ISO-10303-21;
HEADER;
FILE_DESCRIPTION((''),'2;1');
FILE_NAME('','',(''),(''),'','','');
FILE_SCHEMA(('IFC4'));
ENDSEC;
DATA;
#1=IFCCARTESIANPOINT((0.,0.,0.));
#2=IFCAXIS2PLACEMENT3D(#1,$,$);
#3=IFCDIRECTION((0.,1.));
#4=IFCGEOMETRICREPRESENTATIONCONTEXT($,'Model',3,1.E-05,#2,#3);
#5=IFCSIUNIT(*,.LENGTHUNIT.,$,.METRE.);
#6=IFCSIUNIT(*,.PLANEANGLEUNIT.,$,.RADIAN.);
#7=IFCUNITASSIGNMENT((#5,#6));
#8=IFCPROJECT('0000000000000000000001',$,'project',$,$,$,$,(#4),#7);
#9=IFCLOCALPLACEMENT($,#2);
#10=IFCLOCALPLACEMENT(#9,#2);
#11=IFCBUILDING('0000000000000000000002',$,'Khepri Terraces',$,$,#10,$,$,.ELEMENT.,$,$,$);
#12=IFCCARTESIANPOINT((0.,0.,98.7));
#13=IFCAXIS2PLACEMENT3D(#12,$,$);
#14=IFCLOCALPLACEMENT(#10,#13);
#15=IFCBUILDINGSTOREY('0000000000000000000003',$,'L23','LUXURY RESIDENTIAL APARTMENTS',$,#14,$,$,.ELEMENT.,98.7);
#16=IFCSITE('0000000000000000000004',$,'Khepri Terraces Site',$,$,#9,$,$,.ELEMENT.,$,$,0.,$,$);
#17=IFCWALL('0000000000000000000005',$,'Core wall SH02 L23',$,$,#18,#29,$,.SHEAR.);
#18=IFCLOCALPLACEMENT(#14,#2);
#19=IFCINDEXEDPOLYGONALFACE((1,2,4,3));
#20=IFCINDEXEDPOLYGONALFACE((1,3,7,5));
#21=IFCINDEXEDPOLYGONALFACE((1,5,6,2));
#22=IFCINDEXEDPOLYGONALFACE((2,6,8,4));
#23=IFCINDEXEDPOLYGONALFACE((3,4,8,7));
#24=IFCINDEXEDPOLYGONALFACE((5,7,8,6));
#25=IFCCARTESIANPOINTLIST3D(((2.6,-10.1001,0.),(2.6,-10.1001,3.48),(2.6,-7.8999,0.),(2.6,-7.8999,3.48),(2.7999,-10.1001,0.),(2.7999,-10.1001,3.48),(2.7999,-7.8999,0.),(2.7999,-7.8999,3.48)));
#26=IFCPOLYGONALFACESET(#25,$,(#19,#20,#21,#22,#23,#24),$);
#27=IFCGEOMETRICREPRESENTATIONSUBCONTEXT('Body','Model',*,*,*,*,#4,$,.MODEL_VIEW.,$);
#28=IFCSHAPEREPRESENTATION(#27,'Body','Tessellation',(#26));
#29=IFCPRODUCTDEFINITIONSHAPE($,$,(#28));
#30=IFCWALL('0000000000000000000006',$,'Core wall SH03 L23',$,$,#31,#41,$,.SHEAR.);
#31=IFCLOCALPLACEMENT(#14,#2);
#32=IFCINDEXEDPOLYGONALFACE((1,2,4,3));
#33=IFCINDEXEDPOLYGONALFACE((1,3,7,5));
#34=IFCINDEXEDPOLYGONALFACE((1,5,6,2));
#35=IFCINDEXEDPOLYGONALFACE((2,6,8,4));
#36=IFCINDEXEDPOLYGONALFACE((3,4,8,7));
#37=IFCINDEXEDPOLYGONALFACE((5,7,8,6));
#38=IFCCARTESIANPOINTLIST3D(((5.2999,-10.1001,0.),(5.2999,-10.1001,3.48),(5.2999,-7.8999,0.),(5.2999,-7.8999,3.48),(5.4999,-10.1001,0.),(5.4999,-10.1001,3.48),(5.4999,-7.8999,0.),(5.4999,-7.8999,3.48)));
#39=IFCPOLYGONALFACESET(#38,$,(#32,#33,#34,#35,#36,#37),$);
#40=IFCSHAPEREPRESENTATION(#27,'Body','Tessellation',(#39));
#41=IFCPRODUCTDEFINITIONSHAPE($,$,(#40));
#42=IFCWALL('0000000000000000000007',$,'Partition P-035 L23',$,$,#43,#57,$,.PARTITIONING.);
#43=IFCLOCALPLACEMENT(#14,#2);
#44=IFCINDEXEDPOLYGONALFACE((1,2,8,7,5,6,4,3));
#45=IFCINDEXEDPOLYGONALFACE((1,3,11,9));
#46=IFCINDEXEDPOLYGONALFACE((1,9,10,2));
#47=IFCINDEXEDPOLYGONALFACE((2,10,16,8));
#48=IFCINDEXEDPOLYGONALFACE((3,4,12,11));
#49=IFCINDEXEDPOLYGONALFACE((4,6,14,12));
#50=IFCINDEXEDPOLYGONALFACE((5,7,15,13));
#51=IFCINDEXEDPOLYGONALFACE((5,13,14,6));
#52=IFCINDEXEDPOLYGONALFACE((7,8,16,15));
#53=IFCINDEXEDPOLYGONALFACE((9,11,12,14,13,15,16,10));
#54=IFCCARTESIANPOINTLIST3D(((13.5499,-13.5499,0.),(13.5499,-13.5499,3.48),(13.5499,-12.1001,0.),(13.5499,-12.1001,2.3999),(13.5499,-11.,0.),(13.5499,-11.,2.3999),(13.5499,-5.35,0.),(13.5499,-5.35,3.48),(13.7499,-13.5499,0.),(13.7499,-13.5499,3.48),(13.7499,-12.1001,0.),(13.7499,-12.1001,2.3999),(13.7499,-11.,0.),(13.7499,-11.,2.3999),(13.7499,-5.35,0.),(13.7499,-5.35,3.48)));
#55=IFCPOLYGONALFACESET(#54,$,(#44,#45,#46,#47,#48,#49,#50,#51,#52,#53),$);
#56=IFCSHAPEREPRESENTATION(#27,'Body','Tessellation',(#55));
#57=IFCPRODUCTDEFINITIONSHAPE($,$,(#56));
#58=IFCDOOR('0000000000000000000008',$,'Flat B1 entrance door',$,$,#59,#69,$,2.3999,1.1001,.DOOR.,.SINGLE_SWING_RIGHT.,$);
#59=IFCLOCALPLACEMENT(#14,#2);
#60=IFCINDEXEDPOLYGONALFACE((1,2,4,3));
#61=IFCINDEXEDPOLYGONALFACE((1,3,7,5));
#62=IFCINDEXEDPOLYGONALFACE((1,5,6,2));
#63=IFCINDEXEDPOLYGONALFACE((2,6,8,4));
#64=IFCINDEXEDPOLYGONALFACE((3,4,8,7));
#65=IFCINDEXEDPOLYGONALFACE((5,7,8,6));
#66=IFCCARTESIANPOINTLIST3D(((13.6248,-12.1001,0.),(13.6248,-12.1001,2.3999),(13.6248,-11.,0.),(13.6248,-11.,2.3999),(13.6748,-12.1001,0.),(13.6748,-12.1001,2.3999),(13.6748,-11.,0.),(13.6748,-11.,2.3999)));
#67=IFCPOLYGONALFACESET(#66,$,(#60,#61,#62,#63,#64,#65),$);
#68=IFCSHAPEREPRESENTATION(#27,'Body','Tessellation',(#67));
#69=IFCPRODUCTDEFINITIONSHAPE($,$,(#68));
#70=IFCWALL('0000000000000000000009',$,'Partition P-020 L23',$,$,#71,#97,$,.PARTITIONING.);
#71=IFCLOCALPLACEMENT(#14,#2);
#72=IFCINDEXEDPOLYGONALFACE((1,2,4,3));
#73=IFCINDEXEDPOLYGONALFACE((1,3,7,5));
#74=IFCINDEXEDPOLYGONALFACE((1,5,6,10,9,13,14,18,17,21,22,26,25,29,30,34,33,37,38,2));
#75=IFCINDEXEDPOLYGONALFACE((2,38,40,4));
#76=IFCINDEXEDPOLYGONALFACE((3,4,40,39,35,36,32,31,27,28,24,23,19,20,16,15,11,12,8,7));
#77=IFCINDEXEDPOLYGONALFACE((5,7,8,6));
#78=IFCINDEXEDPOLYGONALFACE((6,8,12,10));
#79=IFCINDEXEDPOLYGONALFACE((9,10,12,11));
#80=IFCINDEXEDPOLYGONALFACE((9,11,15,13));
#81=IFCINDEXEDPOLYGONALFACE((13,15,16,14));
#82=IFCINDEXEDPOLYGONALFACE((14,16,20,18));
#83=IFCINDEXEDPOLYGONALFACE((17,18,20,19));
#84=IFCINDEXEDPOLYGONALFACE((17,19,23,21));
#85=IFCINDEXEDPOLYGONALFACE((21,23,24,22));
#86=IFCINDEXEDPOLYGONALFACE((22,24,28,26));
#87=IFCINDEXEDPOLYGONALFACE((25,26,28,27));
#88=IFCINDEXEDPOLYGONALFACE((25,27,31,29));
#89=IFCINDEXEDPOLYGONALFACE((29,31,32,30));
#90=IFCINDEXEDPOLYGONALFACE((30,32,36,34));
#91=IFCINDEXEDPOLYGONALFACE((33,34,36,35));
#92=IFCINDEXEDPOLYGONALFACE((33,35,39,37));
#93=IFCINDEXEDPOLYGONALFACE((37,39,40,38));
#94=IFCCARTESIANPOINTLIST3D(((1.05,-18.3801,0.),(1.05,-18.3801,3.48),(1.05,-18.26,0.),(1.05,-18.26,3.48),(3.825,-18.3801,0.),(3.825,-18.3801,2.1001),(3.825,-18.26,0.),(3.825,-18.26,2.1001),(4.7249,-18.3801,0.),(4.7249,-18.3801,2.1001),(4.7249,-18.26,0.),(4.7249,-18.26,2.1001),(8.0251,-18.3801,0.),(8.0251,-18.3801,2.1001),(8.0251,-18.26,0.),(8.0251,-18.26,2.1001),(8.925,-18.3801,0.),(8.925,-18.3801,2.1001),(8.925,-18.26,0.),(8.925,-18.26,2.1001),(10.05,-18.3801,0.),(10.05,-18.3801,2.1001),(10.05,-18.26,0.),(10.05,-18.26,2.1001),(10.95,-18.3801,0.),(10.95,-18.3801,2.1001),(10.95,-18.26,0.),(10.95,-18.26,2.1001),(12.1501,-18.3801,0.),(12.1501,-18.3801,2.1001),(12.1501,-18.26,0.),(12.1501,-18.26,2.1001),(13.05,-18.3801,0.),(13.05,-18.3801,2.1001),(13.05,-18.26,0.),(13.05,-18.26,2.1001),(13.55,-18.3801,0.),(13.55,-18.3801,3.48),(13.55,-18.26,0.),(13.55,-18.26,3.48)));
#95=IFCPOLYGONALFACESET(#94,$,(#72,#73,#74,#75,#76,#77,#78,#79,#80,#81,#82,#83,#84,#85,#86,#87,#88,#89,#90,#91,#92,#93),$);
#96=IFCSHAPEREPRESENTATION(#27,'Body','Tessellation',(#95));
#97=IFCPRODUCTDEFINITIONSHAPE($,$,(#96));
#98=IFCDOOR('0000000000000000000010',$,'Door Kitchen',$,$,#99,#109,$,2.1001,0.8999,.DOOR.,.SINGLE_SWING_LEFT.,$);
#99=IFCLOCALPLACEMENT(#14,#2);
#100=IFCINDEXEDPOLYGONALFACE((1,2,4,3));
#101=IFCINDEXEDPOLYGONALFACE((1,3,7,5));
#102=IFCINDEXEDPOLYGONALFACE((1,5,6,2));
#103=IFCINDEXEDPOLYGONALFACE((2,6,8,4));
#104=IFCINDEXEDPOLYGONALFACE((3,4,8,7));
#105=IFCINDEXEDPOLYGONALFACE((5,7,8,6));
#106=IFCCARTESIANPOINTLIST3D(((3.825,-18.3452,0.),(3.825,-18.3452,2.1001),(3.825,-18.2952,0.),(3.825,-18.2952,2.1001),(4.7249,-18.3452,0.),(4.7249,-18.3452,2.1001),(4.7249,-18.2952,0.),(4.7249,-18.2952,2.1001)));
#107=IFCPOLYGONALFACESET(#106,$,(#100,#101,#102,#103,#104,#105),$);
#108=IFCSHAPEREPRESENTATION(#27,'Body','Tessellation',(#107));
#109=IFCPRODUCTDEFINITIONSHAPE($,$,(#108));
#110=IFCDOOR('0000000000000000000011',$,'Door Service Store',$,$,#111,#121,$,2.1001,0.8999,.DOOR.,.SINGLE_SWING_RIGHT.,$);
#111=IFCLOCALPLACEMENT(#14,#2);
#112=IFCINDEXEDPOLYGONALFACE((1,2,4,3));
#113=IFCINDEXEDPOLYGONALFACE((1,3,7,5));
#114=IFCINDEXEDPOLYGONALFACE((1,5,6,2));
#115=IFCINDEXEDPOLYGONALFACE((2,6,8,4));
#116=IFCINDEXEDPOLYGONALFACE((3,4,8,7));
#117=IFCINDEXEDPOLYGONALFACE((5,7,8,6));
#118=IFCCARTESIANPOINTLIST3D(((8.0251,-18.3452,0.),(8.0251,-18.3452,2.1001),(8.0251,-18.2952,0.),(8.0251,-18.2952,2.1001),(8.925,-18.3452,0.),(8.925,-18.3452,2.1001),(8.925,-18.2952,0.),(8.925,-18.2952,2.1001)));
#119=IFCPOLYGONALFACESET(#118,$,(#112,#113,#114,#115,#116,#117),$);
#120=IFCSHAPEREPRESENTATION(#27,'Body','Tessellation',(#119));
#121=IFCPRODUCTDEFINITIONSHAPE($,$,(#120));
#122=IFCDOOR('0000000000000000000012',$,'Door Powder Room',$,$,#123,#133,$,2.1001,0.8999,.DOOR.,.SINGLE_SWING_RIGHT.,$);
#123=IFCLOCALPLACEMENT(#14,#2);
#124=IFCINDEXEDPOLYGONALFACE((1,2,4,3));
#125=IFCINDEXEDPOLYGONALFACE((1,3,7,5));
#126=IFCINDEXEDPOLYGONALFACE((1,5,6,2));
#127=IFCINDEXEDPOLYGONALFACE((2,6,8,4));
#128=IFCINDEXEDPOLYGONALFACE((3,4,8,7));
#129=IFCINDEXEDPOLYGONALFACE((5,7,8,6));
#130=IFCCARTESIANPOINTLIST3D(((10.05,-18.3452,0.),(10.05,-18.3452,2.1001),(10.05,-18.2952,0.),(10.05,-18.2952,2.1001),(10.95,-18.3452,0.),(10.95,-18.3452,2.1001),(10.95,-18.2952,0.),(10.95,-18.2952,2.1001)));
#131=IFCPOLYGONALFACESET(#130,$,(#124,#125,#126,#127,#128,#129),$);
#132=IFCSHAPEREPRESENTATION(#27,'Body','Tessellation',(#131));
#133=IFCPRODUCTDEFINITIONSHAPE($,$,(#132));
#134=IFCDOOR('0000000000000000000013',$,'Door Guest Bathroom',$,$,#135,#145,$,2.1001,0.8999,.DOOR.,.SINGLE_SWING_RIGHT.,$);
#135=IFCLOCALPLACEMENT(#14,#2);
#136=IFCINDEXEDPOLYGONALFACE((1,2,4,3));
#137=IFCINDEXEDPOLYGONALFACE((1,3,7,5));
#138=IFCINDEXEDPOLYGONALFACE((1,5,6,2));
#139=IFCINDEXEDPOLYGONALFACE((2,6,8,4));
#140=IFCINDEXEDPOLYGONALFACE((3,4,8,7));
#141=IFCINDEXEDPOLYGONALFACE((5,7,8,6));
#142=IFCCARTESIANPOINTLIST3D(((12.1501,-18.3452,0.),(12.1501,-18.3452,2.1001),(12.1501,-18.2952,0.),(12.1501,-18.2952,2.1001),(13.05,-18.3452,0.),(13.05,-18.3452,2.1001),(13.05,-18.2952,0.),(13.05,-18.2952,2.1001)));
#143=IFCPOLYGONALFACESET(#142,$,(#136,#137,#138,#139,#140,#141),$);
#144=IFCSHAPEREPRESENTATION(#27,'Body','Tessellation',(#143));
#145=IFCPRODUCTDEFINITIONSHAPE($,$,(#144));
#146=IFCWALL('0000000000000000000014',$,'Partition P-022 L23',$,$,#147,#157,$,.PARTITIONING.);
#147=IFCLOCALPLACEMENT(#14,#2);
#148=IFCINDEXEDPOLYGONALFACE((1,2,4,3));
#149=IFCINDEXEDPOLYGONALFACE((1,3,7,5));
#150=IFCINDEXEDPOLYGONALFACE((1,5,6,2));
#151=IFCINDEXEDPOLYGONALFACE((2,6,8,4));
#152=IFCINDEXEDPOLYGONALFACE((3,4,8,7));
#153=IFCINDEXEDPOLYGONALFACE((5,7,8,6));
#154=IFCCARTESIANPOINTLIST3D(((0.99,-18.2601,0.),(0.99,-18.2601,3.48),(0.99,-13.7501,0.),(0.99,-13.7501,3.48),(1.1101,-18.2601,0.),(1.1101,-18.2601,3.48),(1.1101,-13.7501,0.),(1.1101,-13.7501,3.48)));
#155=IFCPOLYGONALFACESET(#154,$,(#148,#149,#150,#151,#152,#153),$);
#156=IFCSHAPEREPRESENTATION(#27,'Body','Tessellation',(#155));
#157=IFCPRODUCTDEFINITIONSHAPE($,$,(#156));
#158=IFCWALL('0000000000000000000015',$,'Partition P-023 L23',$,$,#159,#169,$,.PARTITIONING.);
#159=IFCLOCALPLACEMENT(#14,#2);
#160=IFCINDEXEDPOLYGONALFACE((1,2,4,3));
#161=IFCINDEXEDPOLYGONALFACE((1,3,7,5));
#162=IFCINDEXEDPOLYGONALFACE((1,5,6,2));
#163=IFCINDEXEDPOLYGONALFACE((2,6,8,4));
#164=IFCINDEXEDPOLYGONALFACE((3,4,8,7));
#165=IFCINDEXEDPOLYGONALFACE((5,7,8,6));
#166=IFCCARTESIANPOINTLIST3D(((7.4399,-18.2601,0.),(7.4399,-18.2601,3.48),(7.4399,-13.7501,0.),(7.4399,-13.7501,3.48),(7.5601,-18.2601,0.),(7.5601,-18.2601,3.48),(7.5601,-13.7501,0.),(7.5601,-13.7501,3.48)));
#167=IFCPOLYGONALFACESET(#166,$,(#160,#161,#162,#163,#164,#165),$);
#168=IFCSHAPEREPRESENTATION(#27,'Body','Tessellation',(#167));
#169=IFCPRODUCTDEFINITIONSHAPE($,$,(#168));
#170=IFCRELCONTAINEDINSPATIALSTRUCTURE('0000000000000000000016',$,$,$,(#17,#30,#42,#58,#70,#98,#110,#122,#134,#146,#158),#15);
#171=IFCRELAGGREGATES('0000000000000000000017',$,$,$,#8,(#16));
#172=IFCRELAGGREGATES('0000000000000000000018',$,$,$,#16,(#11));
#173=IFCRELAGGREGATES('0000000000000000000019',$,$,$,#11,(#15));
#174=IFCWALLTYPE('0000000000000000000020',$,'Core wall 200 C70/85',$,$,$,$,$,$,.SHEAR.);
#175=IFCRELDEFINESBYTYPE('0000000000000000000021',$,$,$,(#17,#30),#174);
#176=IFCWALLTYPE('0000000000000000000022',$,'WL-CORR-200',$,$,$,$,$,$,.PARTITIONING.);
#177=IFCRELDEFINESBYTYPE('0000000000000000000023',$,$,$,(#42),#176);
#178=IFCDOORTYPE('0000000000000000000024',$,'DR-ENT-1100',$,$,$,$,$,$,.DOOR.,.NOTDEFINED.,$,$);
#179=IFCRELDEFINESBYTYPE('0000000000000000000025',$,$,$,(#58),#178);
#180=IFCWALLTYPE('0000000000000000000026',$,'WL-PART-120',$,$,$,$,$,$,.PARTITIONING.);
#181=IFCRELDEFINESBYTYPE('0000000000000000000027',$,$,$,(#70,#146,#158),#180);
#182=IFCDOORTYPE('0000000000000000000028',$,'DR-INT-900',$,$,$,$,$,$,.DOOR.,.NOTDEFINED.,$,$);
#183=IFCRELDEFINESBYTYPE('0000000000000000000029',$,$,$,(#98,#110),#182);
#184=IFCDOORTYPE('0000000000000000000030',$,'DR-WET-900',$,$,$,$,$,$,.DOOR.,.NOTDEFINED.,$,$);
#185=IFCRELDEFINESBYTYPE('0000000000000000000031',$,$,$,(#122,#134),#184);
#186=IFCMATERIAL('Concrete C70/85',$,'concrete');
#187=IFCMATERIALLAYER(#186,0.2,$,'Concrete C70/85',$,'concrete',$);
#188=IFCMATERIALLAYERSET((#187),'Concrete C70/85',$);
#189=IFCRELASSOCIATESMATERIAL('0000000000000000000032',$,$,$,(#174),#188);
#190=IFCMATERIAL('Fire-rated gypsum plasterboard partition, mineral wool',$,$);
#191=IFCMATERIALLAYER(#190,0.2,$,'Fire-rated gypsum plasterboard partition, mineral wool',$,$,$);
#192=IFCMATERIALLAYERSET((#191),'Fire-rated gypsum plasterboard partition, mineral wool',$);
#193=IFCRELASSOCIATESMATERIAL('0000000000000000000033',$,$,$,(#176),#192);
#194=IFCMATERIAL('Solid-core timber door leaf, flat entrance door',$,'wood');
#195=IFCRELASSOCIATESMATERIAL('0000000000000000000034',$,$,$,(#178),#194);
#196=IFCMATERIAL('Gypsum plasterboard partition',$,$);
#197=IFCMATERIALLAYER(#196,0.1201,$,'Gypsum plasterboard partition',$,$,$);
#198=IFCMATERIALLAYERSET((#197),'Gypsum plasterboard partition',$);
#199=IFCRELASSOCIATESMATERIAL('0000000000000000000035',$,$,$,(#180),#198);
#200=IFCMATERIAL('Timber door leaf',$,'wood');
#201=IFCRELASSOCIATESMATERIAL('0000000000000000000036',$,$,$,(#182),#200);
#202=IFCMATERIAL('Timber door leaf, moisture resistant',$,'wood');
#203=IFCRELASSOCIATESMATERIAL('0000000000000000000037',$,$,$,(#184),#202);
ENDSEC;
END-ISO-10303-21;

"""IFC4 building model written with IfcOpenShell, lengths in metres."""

from ifc_helpers import new_model, si_unit, direction, frame, frame_2d, origin, place, context, subcontext, project, spatial, rectangle, extrude, material, layer, layer_set, type_object, element, fill, save


model = new_model("IFC4")

# Units and contexts
model_context = context("Model", 3, precision=1e-05, world=origin(), true_north=direction((0.0, 1.0)))
body_context = subcontext(model_context, "Body", "Model", "MODEL_VIEW")
ifc_project = project(units=[si_unit("LENGTHUNIT", "METRE"), si_unit("PLANEANGLEUNIT", "RADIAN")], contexts=[model_context])

# Site, building, storey
site_placement = place(None, origin())
site = spatial("IfcSite", under=ifc_project, at=site_placement, Name="Khepri Terraces Site", CompositionType="ELEMENT", RefElevation=0.0)
building_placement = place(site_placement, origin())
building = spatial("IfcBuilding", under=site, at=building_placement, Name="Khepri Terraces", CompositionType="ELEMENT")
storey_placement = place(building_placement, frame((0.0, 0.0, 98.7)))
storey = spatial("IfcBuildingStorey", under=building, at=storey_placement, Name="L23", Description="LUXURY RESIDENTIAL APARTMENTS", CompositionType="ELEMENT", Elevation=98.7)

# Walls
ifc_material_1 = material(Name="Concrete C70/85", Category="concrete")
ifc_layer_1 = layer(ifc_material_1, 0.2, Name="Concrete C70/85", Category="concrete")
ifc_layer_set_1 = layer_set([ifc_layer_1], Name="Concrete C70/85")
wall_type_1 = type_object("IfcWallType", Name="Core wall 200 C70/85", PredefinedType="SHEAR", material=ifc_layer_set_1)
for number, where, z_axis, x_axis, name in (
    (1, (2.7, -10.1001, 0.0), (0.0, 0.0, 1.0), (0.0, 1.0, 0.0), "Core wall SH02 L23"),
    (2, (5.3999, -10.1001, 0.0), (0.0, 0.0, 1.0), (0.0, 1.0, 0.0), "Core wall SH03 L23"),
):
    element("IfcWall", number, at=place(storey_placement, frame(where, z_axis=z_axis, x_axis=x_axis)), inside=storey, type_object=wall_type_1, Name=name, PredefinedType="SHEAR", context=body_context, shape_type="SweptSolid", body=[
        extrude(rectangle(XDim=2.2002, YDim=0.2, at=frame_2d((1.1001, 0.0))), origin(), (0.0, 0.0, 1.0), 3.48),
    ])

# Wall, opening, door
ifc_material_2 = material(Name="Fire-rated gypsum plasterboard partition, mineral wool")
ifc_layer_2 = layer(ifc_material_2, 0.2, Name="Fire-rated gypsum plasterboard partition, mineral wool")
ifc_layer_set_2 = layer_set([ifc_layer_2], Name="Fire-rated gypsum plasterboard partition, mineral wool")
wall_type_2 = type_object("IfcWallType", Name="WL-CORR-200", PredefinedType="PARTITIONING", material=ifc_layer_set_2)
wall_1_placement = place(storey_placement, frame((13.6499, -13.55, 0.0), z_axis=(0.0, 0.0, 1.0), x_axis=(0.0, 1.0, 0.0)))
wall_1 = element("IfcWall", 3, at=wall_1_placement, inside=storey, type_object=wall_type_2, Name="Partition P-035 L23", PredefinedType="PARTITIONING", context=body_context, shape_type="SweptSolid", body=[
    extrude(rectangle(XDim=8.2, YDim=0.2, at=frame_2d((4.1001, 0.0))), origin(), (0.0, 0.0, 1.0), 3.48),
])
opening_1_placement = place(wall_1_placement, frame((1.45, 0.0, 0.0)))
opening_1 = element("IfcOpeningElement", 4, at=opening_1_placement, cuts=wall_1, PredefinedType="OPENING", context=body_context, shape_type="SweptSolid", body=[
    extrude(rectangle(XDim=1.1001, YDim=2.3999, at=frame_2d((0.55, 1.2))), frame((0.0, 0.1099, 0.0), z_axis=(0.0, -1.0, 0.0), x_axis=(1.0, 0.0, 0.0)), (0.0, 0.0, 1.0), 0.22),
])
ifc_material_3 = material(Name="Solid-core timber door leaf, flat entrance door", Category="wood")
door_type_1 = type_object("IfcDoorType", Name="DR-ENT-1100", OperationType="NOTDEFINED", PredefinedType="DOOR", material=ifc_material_3)
door_1_placement = place(opening_1_placement, frame((1.1001, 0.0, 0.0), z_axis=(0.0, 0.0, 1.0), x_axis=(-1.0, 0.0, 0.0)))
door_1 = element("IfcDoor", 5, at=door_1_placement, inside=storey, type_object=door_type_1, Name="Flat B1 entrance door", OperationType="SINGLE_SWING_RIGHT", OverallHeight=2.3999, OverallWidth=1.1001, PredefinedType="DOOR", context=body_context, shape_type="SweptSolid", body=[
    extrude(rectangle(XDim=1.1001, YDim=2.3999, at=frame_2d((0.55, 1.2))), frame((0.0, 0.0249, 0.0), z_axis=(0.0, -1.0, 0.0), x_axis=(1.0, 0.0, 0.0)), (0.0, 0.0, 1.0), 0.05),
])
fill(opening_1, door_1)

# Wall, openings, doors
ifc_material_4 = material(Name="Gypsum plasterboard partition")
ifc_layer_3 = layer(ifc_material_4, 0.1201, Name="Gypsum plasterboard partition")
ifc_layer_set_3 = layer_set([ifc_layer_3], Name="Gypsum plasterboard partition")
wall_type_3 = type_object("IfcWallType", Name="WL-PART-120", PredefinedType="PARTITIONING", material=ifc_layer_set_3)
wall_2_placement = place(storey_placement, frame((1.05, -18.3201, 0.0), z_axis=(0.0, 0.0, 1.0), x_axis=(1.0, 0.0, 0.0)))
wall_2 = element("IfcWall", 6, at=wall_2_placement, inside=storey, type_object=wall_type_3, Name="Partition P-020 L23", PredefinedType="PARTITIONING", context=body_context, shape_type="SweptSolid", body=[
    extrude(rectangle(XDim=12.5, YDim=0.1201, at=frame_2d((6.25, 0.0))), origin(), (0.0, 0.0, 1.0), 3.48),
])
opening_2_placement = place(wall_2_placement, frame((2.7749, 0.0, 0.0)))
opening_2 = element("IfcOpeningElement", 7, at=opening_2_placement, cuts=wall_2, PredefinedType="OPENING", context=body_context, shape_type="SweptSolid", body=[
    extrude(rectangle(XDim=0.8999, YDim=2.1001, at=frame_2d((0.45, 1.05))), frame((0.0, 0.0701, 0.0), z_axis=(0.0, -1.0, 0.0), x_axis=(1.0, 0.0, 0.0)), (0.0, 0.0, 1.0), 0.1401),
])
opening_3_placement = place(wall_2_placement, frame((6.9751, 0.0, 0.0)))
opening_3 = element("IfcOpeningElement", 8, at=opening_3_placement, cuts=wall_2, PredefinedType="OPENING", context=body_context, shape_type="SweptSolid", body=[
    extrude(rectangle(XDim=0.8999, YDim=2.1001, at=frame_2d((0.45, 1.05))), frame((0.0, 0.0701, 0.0), z_axis=(0.0, -1.0, 0.0), x_axis=(1.0, 0.0, 0.0)), (0.0, 0.0, 1.0), 0.1401),
])
opening_4_placement = place(wall_2_placement, frame((9.0, 0.0, 0.0)))
opening_4 = element("IfcOpeningElement", 9, at=opening_4_placement, cuts=wall_2, PredefinedType="OPENING", context=body_context, shape_type="SweptSolid", body=[
    extrude(rectangle(XDim=0.8999, YDim=2.1001, at=frame_2d((0.45, 1.05))), frame((0.0, 0.0701, 0.0), z_axis=(0.0, -1.0, 0.0), x_axis=(1.0, 0.0, 0.0)), (0.0, 0.0, 1.0), 0.1401),
])
opening_5_placement = place(wall_2_placement, frame((11.1001, 0.0, 0.0)))
opening_5 = element("IfcOpeningElement", 10, at=opening_5_placement, cuts=wall_2, PredefinedType="OPENING", context=body_context, shape_type="SweptSolid", body=[
    extrude(rectangle(XDim=0.8999, YDim=2.1001, at=frame_2d((0.45, 1.05))), frame((0.0, 0.0701, 0.0), z_axis=(0.0, -1.0, 0.0), x_axis=(1.0, 0.0, 0.0)), (0.0, 0.0, 1.0), 0.1401),
])
ifc_material_5 = material(Name="Timber door leaf", Category="wood")
door_type_2 = type_object("IfcDoorType", Name="DR-INT-900", OperationType="NOTDEFINED", PredefinedType="DOOR", material=ifc_material_5)
door_2_placement = place(opening_2_placement, origin())
door_2 = element("IfcDoor", 11, at=door_2_placement, inside=storey, type_object=door_type_2, Name="Door Kitchen", OperationType="SINGLE_SWING_LEFT", OverallHeight=2.1001, OverallWidth=0.8999, PredefinedType="DOOR", context=body_context, shape_type="SweptSolid", body=[
    extrude(rectangle(XDim=0.8999, YDim=2.1001, at=frame_2d((0.45, 1.05))), frame((0.0, 0.0249, 0.0), z_axis=(0.0, -1.0, 0.0), x_axis=(1.0, 0.0, 0.0)), (0.0, 0.0, 1.0), 0.05),
])
fill(opening_2, door_2)
door_3_placement = place(opening_3_placement, origin())
door_3 = element("IfcDoor", 12, at=door_3_placement, inside=storey, type_object=door_type_2, Name="Door Service Store", OperationType="SINGLE_SWING_RIGHT", OverallHeight=2.1001, OverallWidth=0.8999, PredefinedType="DOOR", context=body_context, shape_type="SweptSolid", body=[
    extrude(rectangle(XDim=0.8999, YDim=2.1001, at=frame_2d((0.45, 1.05))), frame((0.0, 0.0249, 0.0), z_axis=(0.0, -1.0, 0.0), x_axis=(1.0, 0.0, 0.0)), (0.0, 0.0, 1.0), 0.05),
])
fill(opening_3, door_3)
ifc_material_6 = material(Name="Timber door leaf, moisture resistant", Category="wood")
door_type_3 = type_object("IfcDoorType", Name="DR-WET-900", OperationType="NOTDEFINED", PredefinedType="DOOR", material=ifc_material_6)
door_4_placement = place(opening_4_placement, origin())
door_4 = element("IfcDoor", 13, at=door_4_placement, inside=storey, type_object=door_type_3, Name="Door Powder Room", OperationType="SINGLE_SWING_RIGHT", OverallHeight=2.1001, OverallWidth=0.8999, PredefinedType="DOOR", context=body_context, shape_type="SweptSolid", body=[
    extrude(rectangle(XDim=0.8999, YDim=2.1001, at=frame_2d((0.45, 1.05))), frame((0.0, 0.0249, 0.0), z_axis=(0.0, -1.0, 0.0), x_axis=(1.0, 0.0, 0.0)), (0.0, 0.0, 1.0), 0.05),
])
fill(opening_4, door_4)
door_5_placement = place(opening_5_placement, origin())
door_5 = element("IfcDoor", 14, at=door_5_placement, inside=storey, type_object=door_type_3, Name="Door Guest Bathroom", OperationType="SINGLE_SWING_RIGHT", OverallHeight=2.1001, OverallWidth=0.8999, PredefinedType="DOOR", context=body_context, shape_type="SweptSolid", body=[
    extrude(rectangle(XDim=0.8999, YDim=2.1001, at=frame_2d((0.45, 1.05))), frame((0.0, 0.0249, 0.0), z_axis=(0.0, -1.0, 0.0), x_axis=(1.0, 0.0, 0.0)), (0.0, 0.0, 1.0), 0.05),
])
fill(opening_5, door_5)

# Walls
for number, where, z_axis, x_axis, name in (
    (15, (1.05, -18.26, 0.0), (0.0, 0.0, 1.0), (0.0, 1.0, 0.0), "Partition P-022 L23"),
    (16, (7.5, -18.26, 0.0), (0.0, 0.0, 1.0), (0.0, 1.0, 0.0), "Partition P-023 L23"),
):
    element("IfcWall", number, at=place(storey_placement, frame(where, z_axis=z_axis, x_axis=x_axis)), inside=storey, type_object=wall_type_3, Name=name, PredefinedType="PARTITIONING", context=body_context, shape_type="SweptSolid", body=[
        extrude(rectangle(XDim=4.51, YDim=0.1201, at=frame_2d((2.2549, 0.0))), origin(), (0.0, 0.0, 1.0), 3.48),
    ])

save(model, "model.ifc")
